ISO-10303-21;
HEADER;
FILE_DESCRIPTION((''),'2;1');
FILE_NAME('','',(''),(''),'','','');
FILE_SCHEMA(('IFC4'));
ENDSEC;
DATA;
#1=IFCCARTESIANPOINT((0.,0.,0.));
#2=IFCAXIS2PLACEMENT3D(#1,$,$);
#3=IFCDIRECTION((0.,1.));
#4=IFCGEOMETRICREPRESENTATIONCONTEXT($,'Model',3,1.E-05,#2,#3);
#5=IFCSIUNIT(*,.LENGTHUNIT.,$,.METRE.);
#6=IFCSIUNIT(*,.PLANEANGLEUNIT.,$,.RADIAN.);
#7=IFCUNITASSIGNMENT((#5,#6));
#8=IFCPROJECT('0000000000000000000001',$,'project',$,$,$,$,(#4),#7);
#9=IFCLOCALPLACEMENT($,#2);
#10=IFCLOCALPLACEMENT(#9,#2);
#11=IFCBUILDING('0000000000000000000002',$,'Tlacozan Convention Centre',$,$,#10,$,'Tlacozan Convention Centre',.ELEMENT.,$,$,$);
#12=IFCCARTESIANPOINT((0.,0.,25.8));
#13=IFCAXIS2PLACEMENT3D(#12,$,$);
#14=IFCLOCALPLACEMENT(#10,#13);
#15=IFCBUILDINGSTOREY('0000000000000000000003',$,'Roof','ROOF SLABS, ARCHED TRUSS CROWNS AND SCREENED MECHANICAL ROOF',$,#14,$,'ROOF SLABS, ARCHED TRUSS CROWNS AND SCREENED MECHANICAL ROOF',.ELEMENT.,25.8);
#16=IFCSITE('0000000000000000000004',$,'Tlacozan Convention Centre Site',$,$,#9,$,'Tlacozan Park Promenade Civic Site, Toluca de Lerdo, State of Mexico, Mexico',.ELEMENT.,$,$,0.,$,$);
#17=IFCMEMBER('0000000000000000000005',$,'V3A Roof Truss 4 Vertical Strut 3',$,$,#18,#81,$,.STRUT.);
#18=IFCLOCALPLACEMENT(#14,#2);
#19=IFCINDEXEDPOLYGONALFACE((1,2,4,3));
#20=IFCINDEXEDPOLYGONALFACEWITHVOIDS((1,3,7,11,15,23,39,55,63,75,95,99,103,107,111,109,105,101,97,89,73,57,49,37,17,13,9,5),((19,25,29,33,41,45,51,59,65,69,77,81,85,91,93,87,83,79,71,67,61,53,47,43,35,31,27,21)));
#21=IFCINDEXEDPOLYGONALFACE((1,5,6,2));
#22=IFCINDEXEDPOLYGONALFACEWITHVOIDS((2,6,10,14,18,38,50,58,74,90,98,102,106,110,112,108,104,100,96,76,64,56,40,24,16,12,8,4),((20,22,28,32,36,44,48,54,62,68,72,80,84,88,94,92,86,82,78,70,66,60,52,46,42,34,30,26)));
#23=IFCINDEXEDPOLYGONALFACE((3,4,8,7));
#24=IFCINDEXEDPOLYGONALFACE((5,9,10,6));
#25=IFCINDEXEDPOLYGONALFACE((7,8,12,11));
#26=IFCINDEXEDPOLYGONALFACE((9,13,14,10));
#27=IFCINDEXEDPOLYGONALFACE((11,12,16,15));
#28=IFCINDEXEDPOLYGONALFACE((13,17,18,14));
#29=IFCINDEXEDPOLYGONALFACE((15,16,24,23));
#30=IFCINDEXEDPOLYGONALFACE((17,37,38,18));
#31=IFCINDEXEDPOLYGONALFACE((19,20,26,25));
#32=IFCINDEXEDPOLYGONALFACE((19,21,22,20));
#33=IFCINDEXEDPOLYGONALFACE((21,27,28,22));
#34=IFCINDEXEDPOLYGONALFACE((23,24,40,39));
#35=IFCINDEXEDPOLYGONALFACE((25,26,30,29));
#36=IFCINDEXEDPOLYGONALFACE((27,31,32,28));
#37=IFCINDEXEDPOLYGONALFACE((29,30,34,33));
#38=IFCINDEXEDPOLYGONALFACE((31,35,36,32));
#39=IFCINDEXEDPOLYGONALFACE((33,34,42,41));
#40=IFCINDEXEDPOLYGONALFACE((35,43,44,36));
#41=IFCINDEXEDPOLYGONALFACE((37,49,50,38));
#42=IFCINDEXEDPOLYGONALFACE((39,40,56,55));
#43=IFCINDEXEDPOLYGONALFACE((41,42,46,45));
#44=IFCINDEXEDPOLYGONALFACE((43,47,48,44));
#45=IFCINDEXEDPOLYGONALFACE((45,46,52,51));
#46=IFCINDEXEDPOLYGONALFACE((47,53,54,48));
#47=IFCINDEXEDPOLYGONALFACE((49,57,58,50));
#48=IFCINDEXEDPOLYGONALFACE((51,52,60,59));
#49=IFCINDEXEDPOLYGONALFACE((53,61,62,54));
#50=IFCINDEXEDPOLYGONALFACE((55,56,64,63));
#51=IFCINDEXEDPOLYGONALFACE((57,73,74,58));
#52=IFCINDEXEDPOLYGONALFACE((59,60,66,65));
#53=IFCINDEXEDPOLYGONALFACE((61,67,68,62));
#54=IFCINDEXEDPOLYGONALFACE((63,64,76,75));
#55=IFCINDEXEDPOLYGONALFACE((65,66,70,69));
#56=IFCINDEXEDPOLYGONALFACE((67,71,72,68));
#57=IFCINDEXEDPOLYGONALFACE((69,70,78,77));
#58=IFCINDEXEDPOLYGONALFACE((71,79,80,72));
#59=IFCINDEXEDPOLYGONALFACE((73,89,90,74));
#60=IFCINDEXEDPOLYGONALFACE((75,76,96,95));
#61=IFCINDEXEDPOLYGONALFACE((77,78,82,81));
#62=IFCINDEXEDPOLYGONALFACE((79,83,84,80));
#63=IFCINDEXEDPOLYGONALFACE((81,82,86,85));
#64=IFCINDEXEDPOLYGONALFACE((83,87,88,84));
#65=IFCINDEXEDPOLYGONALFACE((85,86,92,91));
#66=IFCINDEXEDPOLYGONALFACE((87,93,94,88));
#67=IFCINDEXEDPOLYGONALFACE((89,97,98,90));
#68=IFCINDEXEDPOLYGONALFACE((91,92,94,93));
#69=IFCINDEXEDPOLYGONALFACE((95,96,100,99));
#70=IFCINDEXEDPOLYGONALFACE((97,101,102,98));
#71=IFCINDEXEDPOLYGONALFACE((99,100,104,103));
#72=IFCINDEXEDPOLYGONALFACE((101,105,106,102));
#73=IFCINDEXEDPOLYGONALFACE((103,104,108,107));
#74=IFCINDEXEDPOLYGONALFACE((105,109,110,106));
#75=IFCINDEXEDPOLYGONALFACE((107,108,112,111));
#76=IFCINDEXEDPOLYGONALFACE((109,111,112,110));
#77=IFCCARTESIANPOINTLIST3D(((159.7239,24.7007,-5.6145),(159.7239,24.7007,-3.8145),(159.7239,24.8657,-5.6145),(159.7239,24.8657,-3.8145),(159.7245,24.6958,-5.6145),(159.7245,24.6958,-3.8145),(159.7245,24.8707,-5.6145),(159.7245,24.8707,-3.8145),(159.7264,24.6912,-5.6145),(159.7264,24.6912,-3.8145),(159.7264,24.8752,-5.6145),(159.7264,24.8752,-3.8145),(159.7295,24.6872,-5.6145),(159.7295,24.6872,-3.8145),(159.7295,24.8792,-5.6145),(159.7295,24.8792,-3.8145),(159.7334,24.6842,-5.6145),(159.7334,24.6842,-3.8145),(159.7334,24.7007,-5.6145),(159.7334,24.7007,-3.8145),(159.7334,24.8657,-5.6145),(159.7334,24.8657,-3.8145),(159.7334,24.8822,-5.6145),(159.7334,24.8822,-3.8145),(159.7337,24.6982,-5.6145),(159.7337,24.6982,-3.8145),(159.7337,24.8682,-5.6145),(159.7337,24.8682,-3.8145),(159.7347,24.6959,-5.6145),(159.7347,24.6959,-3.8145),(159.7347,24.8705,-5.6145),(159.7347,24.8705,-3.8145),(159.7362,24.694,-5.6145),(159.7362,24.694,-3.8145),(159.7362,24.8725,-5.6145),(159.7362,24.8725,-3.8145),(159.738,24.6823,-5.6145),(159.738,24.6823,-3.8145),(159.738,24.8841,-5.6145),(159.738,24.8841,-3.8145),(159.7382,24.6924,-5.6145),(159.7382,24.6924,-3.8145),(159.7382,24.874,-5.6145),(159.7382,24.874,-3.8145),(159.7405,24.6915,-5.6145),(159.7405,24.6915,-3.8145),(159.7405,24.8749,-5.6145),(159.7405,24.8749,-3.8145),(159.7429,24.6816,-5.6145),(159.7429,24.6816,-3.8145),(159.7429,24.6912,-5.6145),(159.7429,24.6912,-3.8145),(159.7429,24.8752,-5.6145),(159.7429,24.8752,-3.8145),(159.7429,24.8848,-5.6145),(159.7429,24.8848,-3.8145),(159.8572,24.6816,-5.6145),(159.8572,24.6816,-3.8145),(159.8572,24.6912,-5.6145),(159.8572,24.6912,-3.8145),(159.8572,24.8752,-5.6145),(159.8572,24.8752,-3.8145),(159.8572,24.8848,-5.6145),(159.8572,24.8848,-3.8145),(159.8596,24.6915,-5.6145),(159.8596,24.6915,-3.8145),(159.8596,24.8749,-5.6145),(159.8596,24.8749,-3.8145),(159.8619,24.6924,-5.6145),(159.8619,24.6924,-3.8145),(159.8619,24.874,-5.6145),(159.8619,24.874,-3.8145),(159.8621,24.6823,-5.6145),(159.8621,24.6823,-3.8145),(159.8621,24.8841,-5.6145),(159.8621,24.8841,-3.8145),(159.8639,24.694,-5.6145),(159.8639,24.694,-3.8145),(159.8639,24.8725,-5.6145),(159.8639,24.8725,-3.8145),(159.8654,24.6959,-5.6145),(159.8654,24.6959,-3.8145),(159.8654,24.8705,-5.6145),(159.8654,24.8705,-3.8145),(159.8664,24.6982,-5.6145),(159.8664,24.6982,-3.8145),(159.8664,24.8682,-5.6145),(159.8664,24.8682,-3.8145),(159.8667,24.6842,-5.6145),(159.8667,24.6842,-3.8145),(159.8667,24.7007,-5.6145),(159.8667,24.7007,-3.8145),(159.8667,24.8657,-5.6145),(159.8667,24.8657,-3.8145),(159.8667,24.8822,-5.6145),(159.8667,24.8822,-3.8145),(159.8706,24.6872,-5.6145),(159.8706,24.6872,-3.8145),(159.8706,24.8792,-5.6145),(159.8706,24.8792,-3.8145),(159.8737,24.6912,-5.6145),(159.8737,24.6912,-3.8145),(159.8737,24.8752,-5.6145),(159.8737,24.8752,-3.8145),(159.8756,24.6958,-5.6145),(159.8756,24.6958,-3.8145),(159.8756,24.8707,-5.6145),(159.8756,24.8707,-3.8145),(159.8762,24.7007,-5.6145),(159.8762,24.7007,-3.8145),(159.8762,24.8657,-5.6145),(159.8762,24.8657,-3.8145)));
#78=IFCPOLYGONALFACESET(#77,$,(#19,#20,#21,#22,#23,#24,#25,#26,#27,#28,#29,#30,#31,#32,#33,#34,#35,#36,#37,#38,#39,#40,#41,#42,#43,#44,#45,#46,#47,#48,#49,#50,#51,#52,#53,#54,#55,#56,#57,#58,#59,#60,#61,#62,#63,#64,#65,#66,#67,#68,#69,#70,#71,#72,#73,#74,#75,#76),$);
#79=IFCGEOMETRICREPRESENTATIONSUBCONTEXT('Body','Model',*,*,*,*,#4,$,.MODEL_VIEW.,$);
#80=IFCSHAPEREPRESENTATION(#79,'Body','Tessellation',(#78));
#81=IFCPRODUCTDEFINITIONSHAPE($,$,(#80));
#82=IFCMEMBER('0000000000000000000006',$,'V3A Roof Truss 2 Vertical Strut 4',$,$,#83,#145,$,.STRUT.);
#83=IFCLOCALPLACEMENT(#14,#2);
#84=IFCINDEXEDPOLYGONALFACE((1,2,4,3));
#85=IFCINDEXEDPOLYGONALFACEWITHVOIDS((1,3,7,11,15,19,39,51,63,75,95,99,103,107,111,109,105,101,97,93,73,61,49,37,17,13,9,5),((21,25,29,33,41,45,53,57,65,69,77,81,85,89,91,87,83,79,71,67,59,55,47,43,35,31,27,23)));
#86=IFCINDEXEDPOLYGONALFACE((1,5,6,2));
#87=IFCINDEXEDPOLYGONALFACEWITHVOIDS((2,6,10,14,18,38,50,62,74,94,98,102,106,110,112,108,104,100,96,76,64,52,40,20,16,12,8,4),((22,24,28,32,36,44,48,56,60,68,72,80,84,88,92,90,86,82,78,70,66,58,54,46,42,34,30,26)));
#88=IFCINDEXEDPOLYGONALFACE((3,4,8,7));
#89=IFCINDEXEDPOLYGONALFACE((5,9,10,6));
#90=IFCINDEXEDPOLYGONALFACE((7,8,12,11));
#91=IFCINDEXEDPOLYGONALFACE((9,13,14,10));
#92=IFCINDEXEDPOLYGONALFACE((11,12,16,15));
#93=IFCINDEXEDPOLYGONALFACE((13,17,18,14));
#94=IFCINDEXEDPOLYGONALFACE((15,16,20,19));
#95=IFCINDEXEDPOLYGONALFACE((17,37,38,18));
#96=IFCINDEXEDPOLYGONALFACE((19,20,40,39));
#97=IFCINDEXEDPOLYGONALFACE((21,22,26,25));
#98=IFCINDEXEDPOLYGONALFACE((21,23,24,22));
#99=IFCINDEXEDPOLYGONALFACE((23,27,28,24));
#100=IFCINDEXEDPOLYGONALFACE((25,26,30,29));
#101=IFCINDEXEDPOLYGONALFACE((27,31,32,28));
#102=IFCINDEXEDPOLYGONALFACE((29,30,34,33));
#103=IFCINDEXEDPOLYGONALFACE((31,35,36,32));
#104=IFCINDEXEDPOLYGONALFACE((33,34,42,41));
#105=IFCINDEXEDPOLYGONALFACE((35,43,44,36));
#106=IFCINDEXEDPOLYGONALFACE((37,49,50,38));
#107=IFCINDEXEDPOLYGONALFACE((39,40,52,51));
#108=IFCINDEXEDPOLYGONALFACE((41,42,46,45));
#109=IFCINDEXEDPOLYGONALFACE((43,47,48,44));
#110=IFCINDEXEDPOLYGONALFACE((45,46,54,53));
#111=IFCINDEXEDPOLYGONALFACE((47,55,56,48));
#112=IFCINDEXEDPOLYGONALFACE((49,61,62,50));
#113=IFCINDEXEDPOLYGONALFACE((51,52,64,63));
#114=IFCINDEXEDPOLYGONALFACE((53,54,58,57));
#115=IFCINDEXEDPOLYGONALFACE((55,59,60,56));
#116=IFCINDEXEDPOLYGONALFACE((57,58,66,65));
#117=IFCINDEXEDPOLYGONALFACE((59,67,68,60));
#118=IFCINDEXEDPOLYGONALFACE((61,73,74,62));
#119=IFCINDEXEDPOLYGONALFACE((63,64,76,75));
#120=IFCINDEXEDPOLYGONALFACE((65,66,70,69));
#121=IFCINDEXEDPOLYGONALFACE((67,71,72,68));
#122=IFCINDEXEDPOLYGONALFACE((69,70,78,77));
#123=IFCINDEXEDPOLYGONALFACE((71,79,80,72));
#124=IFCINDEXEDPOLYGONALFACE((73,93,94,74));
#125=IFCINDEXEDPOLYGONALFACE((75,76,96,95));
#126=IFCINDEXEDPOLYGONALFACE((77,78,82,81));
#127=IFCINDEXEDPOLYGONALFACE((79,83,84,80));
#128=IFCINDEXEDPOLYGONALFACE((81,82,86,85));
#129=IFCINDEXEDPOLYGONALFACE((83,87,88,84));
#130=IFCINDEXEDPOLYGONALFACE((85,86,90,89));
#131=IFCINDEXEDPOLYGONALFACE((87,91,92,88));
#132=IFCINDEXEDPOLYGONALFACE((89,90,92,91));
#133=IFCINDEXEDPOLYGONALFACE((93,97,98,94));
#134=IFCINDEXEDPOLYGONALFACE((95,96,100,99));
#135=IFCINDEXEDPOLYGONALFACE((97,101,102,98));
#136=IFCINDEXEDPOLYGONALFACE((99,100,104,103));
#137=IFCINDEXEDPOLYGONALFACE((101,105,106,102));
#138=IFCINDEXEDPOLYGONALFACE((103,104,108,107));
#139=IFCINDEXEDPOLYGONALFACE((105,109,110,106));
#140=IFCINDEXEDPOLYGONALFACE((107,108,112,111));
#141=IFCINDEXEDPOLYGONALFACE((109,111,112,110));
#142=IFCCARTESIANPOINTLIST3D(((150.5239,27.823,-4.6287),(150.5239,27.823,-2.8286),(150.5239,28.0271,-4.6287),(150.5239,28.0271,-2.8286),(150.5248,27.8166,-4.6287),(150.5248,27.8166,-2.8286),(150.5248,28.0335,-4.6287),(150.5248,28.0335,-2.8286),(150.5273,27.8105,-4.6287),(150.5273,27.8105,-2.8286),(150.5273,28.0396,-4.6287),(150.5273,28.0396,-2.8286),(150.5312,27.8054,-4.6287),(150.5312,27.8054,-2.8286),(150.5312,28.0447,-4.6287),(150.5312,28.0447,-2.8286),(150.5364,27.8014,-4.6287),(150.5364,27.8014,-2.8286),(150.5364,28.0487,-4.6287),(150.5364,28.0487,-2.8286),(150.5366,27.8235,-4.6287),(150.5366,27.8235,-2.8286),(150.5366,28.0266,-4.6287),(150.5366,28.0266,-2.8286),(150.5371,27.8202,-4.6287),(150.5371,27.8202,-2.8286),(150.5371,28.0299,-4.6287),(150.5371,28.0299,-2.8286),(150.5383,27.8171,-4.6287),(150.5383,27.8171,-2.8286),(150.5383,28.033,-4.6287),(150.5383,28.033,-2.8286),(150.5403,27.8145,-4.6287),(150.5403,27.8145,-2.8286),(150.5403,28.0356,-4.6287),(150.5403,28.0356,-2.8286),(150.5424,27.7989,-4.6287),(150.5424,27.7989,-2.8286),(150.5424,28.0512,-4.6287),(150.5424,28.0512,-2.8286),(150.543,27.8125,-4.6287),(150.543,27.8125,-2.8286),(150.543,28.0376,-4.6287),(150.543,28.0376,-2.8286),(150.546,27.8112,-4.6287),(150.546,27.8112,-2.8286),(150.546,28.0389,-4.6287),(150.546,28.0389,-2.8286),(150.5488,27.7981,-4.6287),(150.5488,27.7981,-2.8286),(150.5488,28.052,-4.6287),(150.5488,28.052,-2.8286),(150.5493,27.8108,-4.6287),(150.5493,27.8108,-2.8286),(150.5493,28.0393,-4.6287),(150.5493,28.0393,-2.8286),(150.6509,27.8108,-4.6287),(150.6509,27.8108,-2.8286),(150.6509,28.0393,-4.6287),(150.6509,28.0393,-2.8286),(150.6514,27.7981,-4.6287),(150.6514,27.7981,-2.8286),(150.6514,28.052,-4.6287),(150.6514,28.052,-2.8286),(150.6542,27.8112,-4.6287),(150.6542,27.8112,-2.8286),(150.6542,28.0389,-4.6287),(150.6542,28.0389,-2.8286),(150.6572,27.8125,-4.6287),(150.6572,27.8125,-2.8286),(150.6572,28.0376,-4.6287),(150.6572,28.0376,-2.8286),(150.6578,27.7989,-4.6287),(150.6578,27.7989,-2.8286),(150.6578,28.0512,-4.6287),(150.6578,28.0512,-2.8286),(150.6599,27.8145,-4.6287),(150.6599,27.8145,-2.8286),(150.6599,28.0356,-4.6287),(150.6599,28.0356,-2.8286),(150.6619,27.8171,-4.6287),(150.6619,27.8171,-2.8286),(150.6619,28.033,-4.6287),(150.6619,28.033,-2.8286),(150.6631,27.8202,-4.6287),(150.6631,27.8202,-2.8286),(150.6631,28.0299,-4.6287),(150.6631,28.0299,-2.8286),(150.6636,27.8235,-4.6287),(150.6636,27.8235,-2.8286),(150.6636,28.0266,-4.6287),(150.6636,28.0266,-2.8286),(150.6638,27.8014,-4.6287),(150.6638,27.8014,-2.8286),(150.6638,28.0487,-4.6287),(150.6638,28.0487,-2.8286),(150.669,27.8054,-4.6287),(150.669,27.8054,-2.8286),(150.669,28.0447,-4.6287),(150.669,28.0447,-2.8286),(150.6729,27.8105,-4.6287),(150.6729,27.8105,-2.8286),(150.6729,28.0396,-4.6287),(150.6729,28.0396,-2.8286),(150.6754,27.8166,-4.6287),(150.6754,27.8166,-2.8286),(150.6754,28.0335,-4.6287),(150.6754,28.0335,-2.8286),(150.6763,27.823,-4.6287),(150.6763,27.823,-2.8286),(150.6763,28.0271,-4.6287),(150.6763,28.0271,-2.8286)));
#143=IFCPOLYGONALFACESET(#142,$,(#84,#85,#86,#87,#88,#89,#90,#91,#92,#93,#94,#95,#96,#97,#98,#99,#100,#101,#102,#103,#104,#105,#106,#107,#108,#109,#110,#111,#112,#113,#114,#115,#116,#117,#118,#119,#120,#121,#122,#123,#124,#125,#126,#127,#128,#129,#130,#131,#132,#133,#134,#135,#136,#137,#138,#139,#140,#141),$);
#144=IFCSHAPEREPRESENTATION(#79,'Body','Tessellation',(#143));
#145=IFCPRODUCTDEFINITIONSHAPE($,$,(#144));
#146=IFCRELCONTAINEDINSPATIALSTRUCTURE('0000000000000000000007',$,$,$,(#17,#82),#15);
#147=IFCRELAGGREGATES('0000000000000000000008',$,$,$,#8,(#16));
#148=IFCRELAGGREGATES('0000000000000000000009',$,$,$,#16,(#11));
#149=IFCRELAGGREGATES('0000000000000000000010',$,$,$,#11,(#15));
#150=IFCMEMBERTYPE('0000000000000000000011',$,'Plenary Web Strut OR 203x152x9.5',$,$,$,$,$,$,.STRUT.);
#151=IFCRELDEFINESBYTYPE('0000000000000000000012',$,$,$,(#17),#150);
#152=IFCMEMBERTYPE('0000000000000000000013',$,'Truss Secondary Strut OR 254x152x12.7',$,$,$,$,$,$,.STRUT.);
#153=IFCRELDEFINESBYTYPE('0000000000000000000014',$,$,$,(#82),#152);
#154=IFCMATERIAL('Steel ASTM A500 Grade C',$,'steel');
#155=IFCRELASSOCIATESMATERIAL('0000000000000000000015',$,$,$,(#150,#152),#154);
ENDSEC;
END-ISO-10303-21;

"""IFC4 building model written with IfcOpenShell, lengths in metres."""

from ifc_helpers import new_model, si_unit, direction, frame, origin, origin_2d, place, context, subcontext, project, spatial, hollow_rectangle, extrude, material, material_profile, profile_set, type_object, element, save


model = new_model("IFC4")

# Units and contexts
model_context = context("Model", 3, precision=1e-05, world=origin(), true_north=direction((0.0, 1.0)))
body_context = subcontext(model_context, "Body", "Model", "MODEL_VIEW")
ifc_project = project(units=[si_unit("LENGTHUNIT", "METRE"), si_unit("PLANEANGLEUNIT", "RADIAN")], contexts=[model_context])

# Site, building, storey
site_placement = place(None, origin())
site = spatial("IfcSite", under=ifc_project, at=site_placement, Name="Tlacozan Convention Centre Site", LongName="Tlacozan Park Promenade Civic Site, Toluca de Lerdo, State of Mexico, Mexico", CompositionType="ELEMENT", RefElevation=0.0)
building_placement = place(site_placement, origin())
building = spatial("IfcBuilding", under=site, at=building_placement, Name="Tlacozan Convention Centre", LongName="Tlacozan Convention Centre", CompositionType="ELEMENT")
storey_placement = place(building_placement, frame((0.0, 0.0, 25.8)))
storey = spatial("IfcBuildingStorey", under=building, at=storey_placement, Name="Roof", Description="ROOF SLABS, ARCHED TRUSS CROWNS AND SCREENED MECHANICAL ROOF", LongName="ROOF SLABS, ARCHED TRUSS CROWNS AND SCREENED MECHANICAL ROOF", CompositionType="ELEMENT", Elevation=25.8)

# Members
ifc_material_1 = material(Name="Steel ASTM A500 Grade C", Category="steel")
ifc_material_profile_1 = material_profile(ifc_material_1, hollow_rectangle(XDim=0.1523, YDim=0.2031, WallThickness=0.0095, InnerFilletRadius=0.0095, OuterFilletRadius=0.019, at=origin_2d()), Name="OR 203x152x9.5")
ifc_profile_set_1 = profile_set([ifc_material_profile_1], Name="Steel ASTM A500 Grade C")
member_type_1 = type_object("IfcMemberType", Name="Plenary Web Strut OR 203x152x9.5", PredefinedType="STRUT", material=ifc_profile_set_1)
for number, where, z_axis, x_axis, name in (
    (1, (159.8, 24.7832, -5.6145), (0.0, 0.0, 1.0), (1.0, 0.0, 0.0), "V3A Roof Truss 4 Vertical Strut 3"),
):
    element("IfcMember", number, at=place(storey_placement, frame(where, z_axis=z_axis, x_axis=x_axis)), inside=storey, type_object=member_type_1, Name=name, PredefinedType="STRUT", context=body_context, shape_type="SweptSolid", body=[
        extrude(hollow_rectangle(XDim=0.1523, YDim=0.2031, WallThickness=0.0095, InnerFilletRadius=0.0095, OuterFilletRadius=0.019, at=origin_2d()), origin(), (0.0, 0.0, 1.0), 1.8),
    ])
ifc_material_profile_2 = material_profile(ifc_material_1, hollow_rectangle(XDim=0.1523, YDim=0.2539, WallThickness=0.0127, InnerFilletRadius=0.0127, OuterFilletRadius=0.0249, at=origin_2d()), Name="OR 254x152x12.7")
ifc_profile_set_2 = profile_set([ifc_material_profile_2], Name="Steel ASTM A500 Grade C")
member_type_2 = type_object("IfcMemberType", Name="Truss Secondary Strut OR 254x152x12.7", PredefinedType="STRUT", material=ifc_profile_set_2)
for number, where, z_axis, x_axis, name in (
    (2, (150.6001, 27.925, -4.6287), (0.0, 0.0, 1.0), (1.0, 0.0, 0.0), "V3A Roof Truss 2 Vertical Strut 4"),
):
    element("IfcMember", number, at=place(storey_placement, frame(where, z_axis=z_axis, x_axis=x_axis)), inside=storey, type_object=member_type_2, Name=name, PredefinedType="STRUT", context=body_context, shape_type="SweptSolid", body=[
        extrude(hollow_rectangle(XDim=0.1523, YDim=0.2539, WallThickness=0.0127, InnerFilletRadius=0.0127, OuterFilletRadius=0.0249, at=origin_2d()), origin(), (0.0, 0.0, 1.0), 1.8),
    ])

save(model, "model.ifc")
